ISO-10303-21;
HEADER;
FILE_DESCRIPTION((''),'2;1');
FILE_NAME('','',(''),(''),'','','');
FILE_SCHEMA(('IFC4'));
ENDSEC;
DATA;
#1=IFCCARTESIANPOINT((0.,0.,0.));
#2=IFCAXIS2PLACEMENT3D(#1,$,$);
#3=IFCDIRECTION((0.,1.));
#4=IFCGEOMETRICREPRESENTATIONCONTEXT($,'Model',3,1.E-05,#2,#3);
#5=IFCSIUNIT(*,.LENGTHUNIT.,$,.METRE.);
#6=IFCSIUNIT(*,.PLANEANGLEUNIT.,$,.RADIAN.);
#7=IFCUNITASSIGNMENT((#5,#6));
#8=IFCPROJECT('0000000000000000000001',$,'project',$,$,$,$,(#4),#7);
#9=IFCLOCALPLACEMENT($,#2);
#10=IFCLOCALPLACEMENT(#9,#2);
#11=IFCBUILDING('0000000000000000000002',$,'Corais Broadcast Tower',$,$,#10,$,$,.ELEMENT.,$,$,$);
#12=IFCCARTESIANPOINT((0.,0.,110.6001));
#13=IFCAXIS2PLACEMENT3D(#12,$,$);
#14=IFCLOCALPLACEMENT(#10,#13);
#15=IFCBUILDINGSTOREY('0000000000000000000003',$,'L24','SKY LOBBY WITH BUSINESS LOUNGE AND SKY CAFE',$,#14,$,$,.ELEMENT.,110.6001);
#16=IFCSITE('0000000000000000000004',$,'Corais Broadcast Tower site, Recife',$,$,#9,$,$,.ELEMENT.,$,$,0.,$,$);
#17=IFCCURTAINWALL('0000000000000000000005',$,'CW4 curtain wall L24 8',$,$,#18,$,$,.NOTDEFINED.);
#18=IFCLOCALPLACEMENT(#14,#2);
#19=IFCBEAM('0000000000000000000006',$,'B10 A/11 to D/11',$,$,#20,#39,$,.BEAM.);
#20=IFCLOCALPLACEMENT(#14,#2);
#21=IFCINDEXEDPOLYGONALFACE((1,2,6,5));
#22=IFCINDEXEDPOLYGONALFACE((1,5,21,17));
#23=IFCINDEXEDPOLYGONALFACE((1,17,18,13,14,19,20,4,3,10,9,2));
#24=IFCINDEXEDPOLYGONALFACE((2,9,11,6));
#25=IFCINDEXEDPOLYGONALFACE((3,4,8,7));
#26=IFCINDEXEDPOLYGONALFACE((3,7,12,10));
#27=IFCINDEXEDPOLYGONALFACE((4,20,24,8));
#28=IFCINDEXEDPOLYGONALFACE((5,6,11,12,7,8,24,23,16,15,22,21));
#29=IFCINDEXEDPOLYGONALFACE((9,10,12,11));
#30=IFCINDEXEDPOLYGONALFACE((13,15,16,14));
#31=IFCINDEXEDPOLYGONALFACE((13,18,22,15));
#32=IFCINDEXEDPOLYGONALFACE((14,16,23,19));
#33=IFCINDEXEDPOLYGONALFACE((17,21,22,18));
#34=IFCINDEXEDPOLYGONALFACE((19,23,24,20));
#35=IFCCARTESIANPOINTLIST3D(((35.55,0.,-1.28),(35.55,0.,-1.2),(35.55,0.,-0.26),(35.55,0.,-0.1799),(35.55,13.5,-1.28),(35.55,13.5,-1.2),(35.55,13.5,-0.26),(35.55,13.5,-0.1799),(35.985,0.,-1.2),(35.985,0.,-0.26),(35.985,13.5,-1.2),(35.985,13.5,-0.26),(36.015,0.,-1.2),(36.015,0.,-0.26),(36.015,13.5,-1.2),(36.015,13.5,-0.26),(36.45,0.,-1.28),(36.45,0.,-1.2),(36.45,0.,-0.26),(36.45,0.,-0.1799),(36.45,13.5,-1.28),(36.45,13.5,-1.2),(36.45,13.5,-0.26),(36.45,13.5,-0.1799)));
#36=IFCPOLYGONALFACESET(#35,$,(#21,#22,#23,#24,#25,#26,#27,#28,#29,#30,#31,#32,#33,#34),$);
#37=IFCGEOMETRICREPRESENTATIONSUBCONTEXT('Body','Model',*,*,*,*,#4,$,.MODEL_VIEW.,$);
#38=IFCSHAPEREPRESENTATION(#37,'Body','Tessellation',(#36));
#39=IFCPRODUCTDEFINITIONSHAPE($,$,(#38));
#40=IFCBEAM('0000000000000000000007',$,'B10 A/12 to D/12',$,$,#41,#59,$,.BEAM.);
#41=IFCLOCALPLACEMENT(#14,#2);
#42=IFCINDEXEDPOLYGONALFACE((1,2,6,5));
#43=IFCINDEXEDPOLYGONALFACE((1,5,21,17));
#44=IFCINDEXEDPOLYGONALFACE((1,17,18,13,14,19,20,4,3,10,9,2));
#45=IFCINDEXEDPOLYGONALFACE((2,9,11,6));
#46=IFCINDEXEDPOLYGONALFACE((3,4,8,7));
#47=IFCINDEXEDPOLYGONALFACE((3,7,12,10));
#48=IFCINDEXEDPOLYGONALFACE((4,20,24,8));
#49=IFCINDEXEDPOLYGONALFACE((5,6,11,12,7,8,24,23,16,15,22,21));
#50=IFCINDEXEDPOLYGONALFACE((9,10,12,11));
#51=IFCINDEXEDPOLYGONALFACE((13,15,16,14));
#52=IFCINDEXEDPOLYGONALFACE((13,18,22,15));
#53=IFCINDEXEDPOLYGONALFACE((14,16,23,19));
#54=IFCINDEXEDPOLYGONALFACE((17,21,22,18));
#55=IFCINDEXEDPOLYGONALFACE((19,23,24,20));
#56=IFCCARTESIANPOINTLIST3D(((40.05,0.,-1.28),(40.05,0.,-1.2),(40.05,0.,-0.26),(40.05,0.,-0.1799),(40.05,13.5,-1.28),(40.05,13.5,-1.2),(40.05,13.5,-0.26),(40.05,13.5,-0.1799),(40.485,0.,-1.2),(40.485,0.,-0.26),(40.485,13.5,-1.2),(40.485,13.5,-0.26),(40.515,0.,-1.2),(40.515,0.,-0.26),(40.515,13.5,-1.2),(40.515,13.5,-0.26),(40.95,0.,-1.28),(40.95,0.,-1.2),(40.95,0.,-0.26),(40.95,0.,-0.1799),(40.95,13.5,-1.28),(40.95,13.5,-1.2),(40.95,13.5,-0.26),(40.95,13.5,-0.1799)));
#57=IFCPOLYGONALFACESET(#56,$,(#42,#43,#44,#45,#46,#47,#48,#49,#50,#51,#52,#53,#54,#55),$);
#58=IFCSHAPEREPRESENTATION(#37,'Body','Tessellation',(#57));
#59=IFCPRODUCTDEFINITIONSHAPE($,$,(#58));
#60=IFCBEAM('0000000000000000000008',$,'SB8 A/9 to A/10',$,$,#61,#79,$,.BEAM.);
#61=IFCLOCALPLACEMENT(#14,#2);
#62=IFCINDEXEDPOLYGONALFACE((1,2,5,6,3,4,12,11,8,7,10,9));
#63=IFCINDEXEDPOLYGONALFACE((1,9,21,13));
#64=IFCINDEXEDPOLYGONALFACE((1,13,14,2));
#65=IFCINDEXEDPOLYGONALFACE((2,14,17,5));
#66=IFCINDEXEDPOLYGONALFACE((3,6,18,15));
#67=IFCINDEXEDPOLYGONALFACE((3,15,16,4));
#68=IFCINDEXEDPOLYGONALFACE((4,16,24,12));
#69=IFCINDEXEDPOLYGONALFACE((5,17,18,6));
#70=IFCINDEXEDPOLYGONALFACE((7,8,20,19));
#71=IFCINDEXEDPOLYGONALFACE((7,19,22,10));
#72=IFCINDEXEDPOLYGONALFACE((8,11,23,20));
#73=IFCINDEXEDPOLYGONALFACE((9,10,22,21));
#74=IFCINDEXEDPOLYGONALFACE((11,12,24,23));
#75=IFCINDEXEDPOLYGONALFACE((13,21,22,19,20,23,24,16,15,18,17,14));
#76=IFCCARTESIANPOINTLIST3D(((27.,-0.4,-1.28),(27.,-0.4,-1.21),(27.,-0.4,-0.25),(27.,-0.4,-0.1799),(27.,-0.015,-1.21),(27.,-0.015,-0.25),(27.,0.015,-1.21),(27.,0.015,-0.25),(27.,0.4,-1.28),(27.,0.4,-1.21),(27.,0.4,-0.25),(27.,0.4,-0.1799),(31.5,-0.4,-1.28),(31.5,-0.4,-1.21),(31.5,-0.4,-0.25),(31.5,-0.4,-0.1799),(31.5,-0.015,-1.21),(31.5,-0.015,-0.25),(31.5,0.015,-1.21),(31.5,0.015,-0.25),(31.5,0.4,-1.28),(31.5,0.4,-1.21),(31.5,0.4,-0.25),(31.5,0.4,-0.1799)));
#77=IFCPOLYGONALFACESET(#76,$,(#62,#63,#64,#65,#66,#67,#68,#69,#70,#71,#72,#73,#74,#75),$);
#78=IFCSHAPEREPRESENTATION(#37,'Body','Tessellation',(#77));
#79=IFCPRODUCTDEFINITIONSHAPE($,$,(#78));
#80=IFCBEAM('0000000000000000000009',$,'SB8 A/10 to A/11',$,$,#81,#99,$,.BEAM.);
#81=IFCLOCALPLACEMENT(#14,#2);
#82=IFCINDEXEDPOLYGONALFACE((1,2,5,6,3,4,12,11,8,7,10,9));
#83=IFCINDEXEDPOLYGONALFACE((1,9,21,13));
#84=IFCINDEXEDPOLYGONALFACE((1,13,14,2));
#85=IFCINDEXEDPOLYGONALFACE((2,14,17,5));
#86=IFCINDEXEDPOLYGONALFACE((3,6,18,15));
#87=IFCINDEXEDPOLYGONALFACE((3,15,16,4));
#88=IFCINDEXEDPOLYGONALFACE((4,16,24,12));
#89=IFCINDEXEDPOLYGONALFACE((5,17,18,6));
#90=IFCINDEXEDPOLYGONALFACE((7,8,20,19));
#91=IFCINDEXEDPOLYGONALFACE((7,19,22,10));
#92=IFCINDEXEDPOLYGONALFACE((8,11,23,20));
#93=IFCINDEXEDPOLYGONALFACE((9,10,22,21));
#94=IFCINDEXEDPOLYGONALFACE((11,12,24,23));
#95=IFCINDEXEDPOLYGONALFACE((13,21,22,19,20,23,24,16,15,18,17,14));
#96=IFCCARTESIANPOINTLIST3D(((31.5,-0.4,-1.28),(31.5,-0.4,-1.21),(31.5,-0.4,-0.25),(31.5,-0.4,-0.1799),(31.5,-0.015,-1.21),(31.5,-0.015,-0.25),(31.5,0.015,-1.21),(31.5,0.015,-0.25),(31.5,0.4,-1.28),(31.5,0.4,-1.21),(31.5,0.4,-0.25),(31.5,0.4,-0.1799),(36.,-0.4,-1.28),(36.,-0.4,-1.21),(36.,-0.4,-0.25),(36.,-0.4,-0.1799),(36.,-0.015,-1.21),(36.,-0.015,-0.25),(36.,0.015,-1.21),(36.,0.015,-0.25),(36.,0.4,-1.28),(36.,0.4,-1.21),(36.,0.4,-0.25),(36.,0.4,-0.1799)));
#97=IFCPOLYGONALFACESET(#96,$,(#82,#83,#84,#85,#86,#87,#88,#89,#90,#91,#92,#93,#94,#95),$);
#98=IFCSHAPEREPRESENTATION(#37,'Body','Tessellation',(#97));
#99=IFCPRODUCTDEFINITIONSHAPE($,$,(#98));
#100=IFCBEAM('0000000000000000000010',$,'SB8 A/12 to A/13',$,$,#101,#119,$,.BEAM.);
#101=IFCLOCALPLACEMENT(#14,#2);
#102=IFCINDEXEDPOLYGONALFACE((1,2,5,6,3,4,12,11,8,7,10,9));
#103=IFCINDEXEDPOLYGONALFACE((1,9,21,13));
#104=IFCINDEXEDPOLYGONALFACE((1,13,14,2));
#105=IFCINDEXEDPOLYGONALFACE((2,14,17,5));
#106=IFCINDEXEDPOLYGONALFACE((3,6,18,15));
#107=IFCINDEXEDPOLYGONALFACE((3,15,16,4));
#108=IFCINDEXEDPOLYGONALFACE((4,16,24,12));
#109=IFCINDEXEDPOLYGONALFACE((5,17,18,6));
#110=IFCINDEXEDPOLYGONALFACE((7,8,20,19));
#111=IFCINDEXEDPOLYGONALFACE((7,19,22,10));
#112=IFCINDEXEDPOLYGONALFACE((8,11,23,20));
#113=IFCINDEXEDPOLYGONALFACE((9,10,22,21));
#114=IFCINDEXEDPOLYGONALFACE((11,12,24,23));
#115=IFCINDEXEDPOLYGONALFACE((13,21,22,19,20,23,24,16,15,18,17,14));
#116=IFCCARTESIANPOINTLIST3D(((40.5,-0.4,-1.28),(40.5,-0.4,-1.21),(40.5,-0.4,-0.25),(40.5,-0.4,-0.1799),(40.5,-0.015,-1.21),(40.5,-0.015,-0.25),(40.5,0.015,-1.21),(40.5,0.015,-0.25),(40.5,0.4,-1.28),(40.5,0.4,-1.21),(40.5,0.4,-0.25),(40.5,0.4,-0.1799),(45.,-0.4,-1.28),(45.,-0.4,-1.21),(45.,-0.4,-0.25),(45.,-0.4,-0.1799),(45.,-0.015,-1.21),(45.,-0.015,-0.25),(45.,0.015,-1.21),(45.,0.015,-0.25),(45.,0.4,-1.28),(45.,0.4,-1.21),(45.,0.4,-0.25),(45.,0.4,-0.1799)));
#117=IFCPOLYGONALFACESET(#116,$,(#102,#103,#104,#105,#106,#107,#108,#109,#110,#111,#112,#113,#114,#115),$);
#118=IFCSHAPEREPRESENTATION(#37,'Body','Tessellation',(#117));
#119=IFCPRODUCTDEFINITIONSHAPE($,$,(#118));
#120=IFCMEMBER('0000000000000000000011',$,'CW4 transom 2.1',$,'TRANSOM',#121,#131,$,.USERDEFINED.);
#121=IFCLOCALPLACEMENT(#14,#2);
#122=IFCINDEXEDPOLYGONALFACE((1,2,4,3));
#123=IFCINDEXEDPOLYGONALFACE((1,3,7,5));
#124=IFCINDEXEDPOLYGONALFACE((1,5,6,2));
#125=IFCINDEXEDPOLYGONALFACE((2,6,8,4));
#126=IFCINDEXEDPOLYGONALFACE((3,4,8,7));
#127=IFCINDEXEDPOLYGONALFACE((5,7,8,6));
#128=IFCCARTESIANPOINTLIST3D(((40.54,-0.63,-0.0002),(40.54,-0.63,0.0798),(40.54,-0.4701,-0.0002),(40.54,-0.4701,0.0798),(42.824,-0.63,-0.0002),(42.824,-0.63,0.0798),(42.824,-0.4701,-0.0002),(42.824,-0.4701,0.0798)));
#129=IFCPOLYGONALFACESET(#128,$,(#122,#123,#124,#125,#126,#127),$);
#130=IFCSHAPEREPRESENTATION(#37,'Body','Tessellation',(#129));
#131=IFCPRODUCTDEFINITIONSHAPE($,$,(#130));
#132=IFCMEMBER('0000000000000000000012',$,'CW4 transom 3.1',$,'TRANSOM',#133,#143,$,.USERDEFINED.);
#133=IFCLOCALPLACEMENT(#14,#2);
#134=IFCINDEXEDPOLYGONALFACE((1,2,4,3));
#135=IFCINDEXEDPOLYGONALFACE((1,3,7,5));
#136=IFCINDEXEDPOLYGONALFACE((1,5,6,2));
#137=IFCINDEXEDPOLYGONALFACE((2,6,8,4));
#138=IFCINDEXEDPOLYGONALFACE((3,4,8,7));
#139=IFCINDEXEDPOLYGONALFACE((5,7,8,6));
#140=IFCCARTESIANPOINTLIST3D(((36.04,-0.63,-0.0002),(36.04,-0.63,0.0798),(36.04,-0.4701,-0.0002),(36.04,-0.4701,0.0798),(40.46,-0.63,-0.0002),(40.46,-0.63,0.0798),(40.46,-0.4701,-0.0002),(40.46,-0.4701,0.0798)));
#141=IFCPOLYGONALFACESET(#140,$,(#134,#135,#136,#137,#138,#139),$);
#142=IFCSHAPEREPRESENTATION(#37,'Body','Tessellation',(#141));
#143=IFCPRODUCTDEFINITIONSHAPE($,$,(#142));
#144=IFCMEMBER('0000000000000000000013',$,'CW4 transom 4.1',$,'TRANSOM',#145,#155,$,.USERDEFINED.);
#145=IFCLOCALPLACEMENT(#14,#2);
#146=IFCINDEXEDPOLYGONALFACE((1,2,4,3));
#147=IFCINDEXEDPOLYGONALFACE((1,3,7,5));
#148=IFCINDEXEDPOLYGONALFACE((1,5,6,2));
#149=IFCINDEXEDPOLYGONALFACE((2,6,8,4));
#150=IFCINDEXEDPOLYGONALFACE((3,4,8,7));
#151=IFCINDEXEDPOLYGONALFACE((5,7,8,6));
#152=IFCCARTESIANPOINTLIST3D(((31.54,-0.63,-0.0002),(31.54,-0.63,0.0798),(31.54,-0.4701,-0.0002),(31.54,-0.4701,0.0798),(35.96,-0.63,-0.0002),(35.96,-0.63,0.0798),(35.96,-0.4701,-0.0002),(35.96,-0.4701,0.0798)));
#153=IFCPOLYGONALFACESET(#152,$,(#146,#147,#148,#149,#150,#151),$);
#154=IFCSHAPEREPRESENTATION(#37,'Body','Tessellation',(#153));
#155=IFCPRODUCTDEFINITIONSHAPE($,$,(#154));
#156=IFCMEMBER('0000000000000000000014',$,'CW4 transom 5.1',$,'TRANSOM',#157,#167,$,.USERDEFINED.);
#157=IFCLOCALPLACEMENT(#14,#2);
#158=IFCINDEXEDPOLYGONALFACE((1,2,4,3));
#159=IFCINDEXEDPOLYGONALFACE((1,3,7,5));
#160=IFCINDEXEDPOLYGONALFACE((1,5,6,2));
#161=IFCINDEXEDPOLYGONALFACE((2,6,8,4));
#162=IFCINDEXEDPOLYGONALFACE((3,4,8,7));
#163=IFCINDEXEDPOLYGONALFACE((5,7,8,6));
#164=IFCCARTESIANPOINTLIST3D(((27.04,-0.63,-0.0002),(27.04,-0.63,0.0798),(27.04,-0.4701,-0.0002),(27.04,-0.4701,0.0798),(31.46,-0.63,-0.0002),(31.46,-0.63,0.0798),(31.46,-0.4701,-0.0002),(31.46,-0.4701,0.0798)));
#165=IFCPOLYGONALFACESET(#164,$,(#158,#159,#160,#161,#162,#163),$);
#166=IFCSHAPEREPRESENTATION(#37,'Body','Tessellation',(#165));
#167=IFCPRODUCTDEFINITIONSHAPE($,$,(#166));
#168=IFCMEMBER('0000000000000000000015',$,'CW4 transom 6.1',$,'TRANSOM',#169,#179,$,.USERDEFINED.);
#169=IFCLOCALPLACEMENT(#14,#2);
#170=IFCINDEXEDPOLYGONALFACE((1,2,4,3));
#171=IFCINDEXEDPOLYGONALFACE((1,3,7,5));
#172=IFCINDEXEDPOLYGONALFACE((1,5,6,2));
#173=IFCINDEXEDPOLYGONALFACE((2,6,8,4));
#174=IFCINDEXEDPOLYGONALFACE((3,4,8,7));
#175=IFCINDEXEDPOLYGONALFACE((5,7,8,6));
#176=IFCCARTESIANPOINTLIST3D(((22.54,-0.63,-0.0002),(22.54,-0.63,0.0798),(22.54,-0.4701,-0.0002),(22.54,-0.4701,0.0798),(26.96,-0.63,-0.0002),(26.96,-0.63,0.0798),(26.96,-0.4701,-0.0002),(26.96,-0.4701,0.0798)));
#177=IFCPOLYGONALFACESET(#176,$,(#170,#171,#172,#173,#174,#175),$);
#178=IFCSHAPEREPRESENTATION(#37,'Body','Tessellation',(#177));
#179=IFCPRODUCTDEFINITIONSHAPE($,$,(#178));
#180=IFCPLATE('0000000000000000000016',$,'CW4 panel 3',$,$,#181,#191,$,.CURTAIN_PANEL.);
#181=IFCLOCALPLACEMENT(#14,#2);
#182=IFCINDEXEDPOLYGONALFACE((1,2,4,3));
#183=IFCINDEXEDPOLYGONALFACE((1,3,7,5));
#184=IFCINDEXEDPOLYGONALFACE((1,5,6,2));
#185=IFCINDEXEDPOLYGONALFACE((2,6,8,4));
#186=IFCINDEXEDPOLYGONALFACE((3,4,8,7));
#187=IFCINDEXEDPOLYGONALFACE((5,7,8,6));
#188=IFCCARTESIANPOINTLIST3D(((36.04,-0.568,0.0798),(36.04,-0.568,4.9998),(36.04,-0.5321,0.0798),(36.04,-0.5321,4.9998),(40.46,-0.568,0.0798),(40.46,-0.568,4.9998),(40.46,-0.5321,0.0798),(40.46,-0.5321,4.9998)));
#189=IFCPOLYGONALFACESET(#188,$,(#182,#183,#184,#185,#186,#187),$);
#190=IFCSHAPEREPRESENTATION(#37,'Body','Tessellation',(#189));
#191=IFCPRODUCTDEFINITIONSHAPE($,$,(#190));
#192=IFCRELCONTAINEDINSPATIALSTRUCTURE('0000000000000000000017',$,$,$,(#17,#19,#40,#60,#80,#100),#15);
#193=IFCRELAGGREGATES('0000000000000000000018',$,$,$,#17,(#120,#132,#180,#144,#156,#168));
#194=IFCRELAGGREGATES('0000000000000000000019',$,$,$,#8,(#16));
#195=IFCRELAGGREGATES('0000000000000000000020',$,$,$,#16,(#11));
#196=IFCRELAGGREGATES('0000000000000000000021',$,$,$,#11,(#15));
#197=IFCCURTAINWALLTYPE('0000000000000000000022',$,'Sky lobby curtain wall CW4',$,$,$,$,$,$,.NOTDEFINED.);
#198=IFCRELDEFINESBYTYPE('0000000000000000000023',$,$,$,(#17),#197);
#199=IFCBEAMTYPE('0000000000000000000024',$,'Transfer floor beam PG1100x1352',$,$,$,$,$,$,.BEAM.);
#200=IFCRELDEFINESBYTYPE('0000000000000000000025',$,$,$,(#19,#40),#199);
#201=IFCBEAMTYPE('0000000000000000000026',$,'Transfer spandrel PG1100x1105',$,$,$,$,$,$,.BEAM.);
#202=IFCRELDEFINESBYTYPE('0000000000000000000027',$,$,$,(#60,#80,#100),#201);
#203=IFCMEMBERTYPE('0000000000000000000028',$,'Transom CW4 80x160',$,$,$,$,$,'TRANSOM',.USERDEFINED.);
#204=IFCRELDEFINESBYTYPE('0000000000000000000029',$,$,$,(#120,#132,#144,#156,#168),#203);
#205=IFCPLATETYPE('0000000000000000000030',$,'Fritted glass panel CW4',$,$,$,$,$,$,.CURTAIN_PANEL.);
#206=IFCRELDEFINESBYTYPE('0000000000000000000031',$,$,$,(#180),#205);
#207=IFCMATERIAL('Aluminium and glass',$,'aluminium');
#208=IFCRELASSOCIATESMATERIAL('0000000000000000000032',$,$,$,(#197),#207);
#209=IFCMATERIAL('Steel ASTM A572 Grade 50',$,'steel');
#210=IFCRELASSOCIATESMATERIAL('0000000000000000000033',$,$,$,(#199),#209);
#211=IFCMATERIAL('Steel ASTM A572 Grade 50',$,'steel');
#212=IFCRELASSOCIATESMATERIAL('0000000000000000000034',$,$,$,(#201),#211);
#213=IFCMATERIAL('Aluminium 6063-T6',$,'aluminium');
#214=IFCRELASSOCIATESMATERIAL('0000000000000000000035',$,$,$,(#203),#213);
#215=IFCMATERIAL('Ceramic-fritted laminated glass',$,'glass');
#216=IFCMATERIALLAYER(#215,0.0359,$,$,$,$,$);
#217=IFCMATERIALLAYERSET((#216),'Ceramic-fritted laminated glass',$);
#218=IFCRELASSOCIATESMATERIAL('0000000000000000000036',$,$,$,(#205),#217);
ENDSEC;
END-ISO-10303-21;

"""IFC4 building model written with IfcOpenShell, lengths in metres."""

from ifc_helpers import new_model, si_unit, direction, frame, origin, origin_2d, place, context, subcontext, project, spatial, rectangle, i_section, extrude, material, layer, layer_set, material_profile, profile_set, type_object, element, aggregate, save


model = new_model("IFC4")

# Units and contexts
model_context = context("Model", 3, precision=1e-05, world=origin(), true_north=direction((0.0, 1.0)))
body_context = subcontext(model_context, "Body", "Model", "MODEL_VIEW")
ifc_project = project(units=[si_unit("LENGTHUNIT", "METRE"), si_unit("PLANEANGLEUNIT", "RADIAN")], contexts=[model_context])

# Site, building, storey
site_placement = place(None, origin())
site = spatial("IfcSite", under=ifc_project, at=site_placement, Name="Corais Broadcast Tower site, Recife", CompositionType="ELEMENT", RefElevation=0.0)
building_placement = place(site_placement, origin())
building = spatial("IfcBuilding", under=site, at=building_placement, Name="Corais Broadcast Tower", CompositionType="ELEMENT")
storey_placement = place(building_placement, frame((0.0, 0.0, 110.6001)))
storey = spatial("IfcBuildingStorey", under=building, at=storey_placement, Name="L24", Description="SKY LOBBY WITH BUSINESS LOUNGE AND SKY CAFE", CompositionType="ELEMENT", Elevation=110.6001)

# Curtain wall
ifc_material_1 = material(Name="Aluminium and glass", Category="aluminium")
curtain_wall_type = type_object("IfcCurtainWallType", Name="Sky lobby curtain wall CW4", PredefinedType="NOTDEFINED", material=ifc_material_1)
curtain_wall_placement = place(storey_placement, origin())
curtain_wall = element("IfcCurtainWall", 1, at=curtain_wall_placement, inside=storey, type_object=curtain_wall_type, Name="CW4 curtain wall L24 8", PredefinedType="NOTDEFINED")

# Beams
ifc_material_2 = material(Name="Steel ASTM A572 Grade 50", Category="steel")
ifc_material_profile_1 = material_profile(ifc_material_2, i_section(OverallWidth=0.8999, OverallDepth=1.1001, WebThickness=0.03, FlangeThickness=0.0801, at=origin_2d()), Name="PG1100x1352")
ifc_profile_set_1 = profile_set([ifc_material_profile_1], Name="Steel ASTM A572 Grade 50")
beam_type_1 = type_object("IfcBeamType", Name="Transfer floor beam PG1100x1352", PredefinedType="BEAM", material=ifc_profile_set_1)
for number, where, z_axis, x_axis, name in (
    (2, (36.0, 0.0, -0.73), (0.0, 1.0, 0.0), (-1.0, 0.0, 0.0), "B10 A/11 to D/11"),
    (3, (40.5, 0.0, -0.73), (0.0, 1.0, 0.0), (-1.0, 0.0, 0.0), "B10 A/12 to D/12"),
):
    element("IfcBeam", number, at=place(storey_placement, frame(where, z_axis=z_axis, x_axis=x_axis)), inside=storey, type_object=beam_type_1, Name=name, PredefinedType="BEAM", context=body_context, shape_type="SweptSolid", body=[
        extrude(i_section(OverallWidth=0.8999, OverallDepth=1.1001, WebThickness=0.03, FlangeThickness=0.0801, at=origin_2d()), origin(), (0.0, 0.0, 1.0), 13.5),
    ])
ifc_material_3 = material(Name="Steel ASTM A572 Grade 50", Category="steel")
ifc_material_profile_2 = material_profile(ifc_material_3, i_section(OverallWidth=0.8, OverallDepth=1.1001, WebThickness=0.03, FlangeThickness=0.0701, at=origin_2d()), Name="PG1100x1105")
ifc_profile_set_2 = profile_set([ifc_material_profile_2], Name="Steel ASTM A572 Grade 50")
beam_type_2 = type_object("IfcBeamType", Name="Transfer spandrel PG1100x1105", PredefinedType="BEAM", material=ifc_profile_set_2)
for number, where, z_axis, x_axis, name in (
    (4, (27.0, 0.0, -0.73), (1.0, 0.0, 0.0), (0.0, 1.0, 0.0), "SB8 A/9 to A/10"),
    (5, (31.5, 0.0, -0.73), (1.0, 0.0, 0.0), (0.0, 1.0, 0.0), "SB8 A/10 to A/11"),
    (6, (40.5, 0.0, -0.73), (1.0, 0.0, 0.0), (0.0, 1.0, 0.0), "SB8 A/12 to A/13"),
):
    element("IfcBeam", number, at=place(storey_placement, frame(where, z_axis=z_axis, x_axis=x_axis)), inside=storey, type_object=beam_type_2, Name=name, PredefinedType="BEAM", context=body_context, shape_type="SweptSolid", body=[
        extrude(i_section(OverallWidth=0.8, OverallDepth=1.1001, WebThickness=0.03, FlangeThickness=0.0701, at=origin_2d()), origin(), (0.0, 0.0, 1.0), 4.5),
    ])

# Members
ifc_material_4 = material(Name="Aluminium 6063-T6", Category="aluminium")
ifc_material_profile_3 = material_profile(ifc_material_4, rectangle(XDim=0.1599, YDim=0.0801, at=origin_2d()), Name="Transom CW4 80x160")
ifc_profile_set_3 = profile_set([ifc_material_profile_3], Name="Aluminium 6063-T6")
member_type_1 = type_object("IfcMemberType", Name="Transom CW4 80x160", ElementType="TRANSOM", PredefinedType="USERDEFINED", material=ifc_profile_set_3)
member_1_placement = place(storey_placement, frame((42.824, -0.55, 0.0398), z_axis=(-1.0, 0.0, 0.0), x_axis=(0.0, -1.0, 0.0)))
member_1 = element("IfcMember", 7, at=member_1_placement, type_object=member_type_1, Name="CW4 transom 2.1", ObjectType="TRANSOM", PredefinedType="USERDEFINED", context=body_context, shape_type="SweptSolid", body=[
    extrude(rectangle(XDim=0.1599, YDim=0.0801, at=origin_2d()), origin(), (0.0, 0.0, 1.0), 2.2839),
])
member_2_placement = place(storey_placement, frame((40.46, -0.55, 0.0398), z_axis=(-1.0, 0.0, 0.0), x_axis=(0.0, -1.0, 0.0)))
member_2 = element("IfcMember", 8, at=member_2_placement, type_object=member_type_1, Name="CW4 transom 3.1", ObjectType="TRANSOM", PredefinedType="USERDEFINED", context=body_context, shape_type="SweptSolid", body=[
    extrude(rectangle(XDim=0.1599, YDim=0.0801, at=origin_2d()), origin(), (0.0, 0.0, 1.0), 4.4199),
])
member_3_placement = place(storey_placement, frame((35.96, -0.55, 0.0398), z_axis=(-1.0, 0.0, 0.0), x_axis=(0.0, -1.0, 0.0)))
member_3 = element("IfcMember", 9, at=member_3_placement, type_object=member_type_1, Name="CW4 transom 4.1", ObjectType="TRANSOM", PredefinedType="USERDEFINED", context=body_context, shape_type="SweptSolid", body=[
    extrude(rectangle(XDim=0.1599, YDim=0.0801, at=origin_2d()), origin(), (0.0, 0.0, 1.0), 4.4199),
])
member_4_placement = place(storey_placement, frame((31.46, -0.55, 0.0398), z_axis=(-1.0, 0.0, 0.0), x_axis=(0.0, -1.0, 0.0)))
member_4 = element("IfcMember", 10, at=member_4_placement, type_object=member_type_1, Name="CW4 transom 5.1", ObjectType="TRANSOM", PredefinedType="USERDEFINED", context=body_context, shape_type="SweptSolid", body=[
    extrude(rectangle(XDim=0.1599, YDim=0.0801, at=origin_2d()), origin(), (0.0, 0.0, 1.0), 4.4199),
])
member_5_placement = place(storey_placement, frame((26.96, -0.55, 0.0398), z_axis=(-1.0, 0.0, 0.0), x_axis=(0.0, -1.0, 0.0)))
member_5 = element("IfcMember", 11, at=member_5_placement, type_object=member_type_1, Name="CW4 transom 6.1", ObjectType="TRANSOM", PredefinedType="USERDEFINED", context=body_context, shape_type="SweptSolid", body=[
    extrude(rectangle(XDim=0.1599, YDim=0.0801, at=origin_2d()), origin(), (0.0, 0.0, 1.0), 4.4199),
])

# Plate
ifc_material_5 = material(Name="Ceramic-fritted laminated glass", Category="glass")
ifc_layer_1 = layer(ifc_material_5, 0.0359)
ifc_layer_set_1 = layer_set([ifc_layer_1], Name="Ceramic-fritted laminated glass")
plate_type_1 = type_object("IfcPlateType", Name="Fritted glass panel CW4", PredefinedType="CURTAIN_PANEL", material=ifc_layer_set_1)
plate_1_placement = place(storey_placement, frame((38.25, -0.55, 0.0798), z_axis=(0.0, 0.0, 1.0), x_axis=(-1.0, 0.0, 0.0)))
plate_1 = element("IfcPlate", 12, at=plate_1_placement, type_object=plate_type_1, Name="CW4 panel 3", PredefinedType="CURTAIN_PANEL", context=body_context, shape_type="SweptSolid", body=[
    extrude(rectangle(XDim=4.4199, YDim=0.0359, at=origin_2d()), origin(), (0.0, 0.0, 1.0), 4.9199),
])
aggregate(curtain_wall, [member_1, member_2, plate_1, member_3, member_4, member_5])

save(model, "model.ifc")
